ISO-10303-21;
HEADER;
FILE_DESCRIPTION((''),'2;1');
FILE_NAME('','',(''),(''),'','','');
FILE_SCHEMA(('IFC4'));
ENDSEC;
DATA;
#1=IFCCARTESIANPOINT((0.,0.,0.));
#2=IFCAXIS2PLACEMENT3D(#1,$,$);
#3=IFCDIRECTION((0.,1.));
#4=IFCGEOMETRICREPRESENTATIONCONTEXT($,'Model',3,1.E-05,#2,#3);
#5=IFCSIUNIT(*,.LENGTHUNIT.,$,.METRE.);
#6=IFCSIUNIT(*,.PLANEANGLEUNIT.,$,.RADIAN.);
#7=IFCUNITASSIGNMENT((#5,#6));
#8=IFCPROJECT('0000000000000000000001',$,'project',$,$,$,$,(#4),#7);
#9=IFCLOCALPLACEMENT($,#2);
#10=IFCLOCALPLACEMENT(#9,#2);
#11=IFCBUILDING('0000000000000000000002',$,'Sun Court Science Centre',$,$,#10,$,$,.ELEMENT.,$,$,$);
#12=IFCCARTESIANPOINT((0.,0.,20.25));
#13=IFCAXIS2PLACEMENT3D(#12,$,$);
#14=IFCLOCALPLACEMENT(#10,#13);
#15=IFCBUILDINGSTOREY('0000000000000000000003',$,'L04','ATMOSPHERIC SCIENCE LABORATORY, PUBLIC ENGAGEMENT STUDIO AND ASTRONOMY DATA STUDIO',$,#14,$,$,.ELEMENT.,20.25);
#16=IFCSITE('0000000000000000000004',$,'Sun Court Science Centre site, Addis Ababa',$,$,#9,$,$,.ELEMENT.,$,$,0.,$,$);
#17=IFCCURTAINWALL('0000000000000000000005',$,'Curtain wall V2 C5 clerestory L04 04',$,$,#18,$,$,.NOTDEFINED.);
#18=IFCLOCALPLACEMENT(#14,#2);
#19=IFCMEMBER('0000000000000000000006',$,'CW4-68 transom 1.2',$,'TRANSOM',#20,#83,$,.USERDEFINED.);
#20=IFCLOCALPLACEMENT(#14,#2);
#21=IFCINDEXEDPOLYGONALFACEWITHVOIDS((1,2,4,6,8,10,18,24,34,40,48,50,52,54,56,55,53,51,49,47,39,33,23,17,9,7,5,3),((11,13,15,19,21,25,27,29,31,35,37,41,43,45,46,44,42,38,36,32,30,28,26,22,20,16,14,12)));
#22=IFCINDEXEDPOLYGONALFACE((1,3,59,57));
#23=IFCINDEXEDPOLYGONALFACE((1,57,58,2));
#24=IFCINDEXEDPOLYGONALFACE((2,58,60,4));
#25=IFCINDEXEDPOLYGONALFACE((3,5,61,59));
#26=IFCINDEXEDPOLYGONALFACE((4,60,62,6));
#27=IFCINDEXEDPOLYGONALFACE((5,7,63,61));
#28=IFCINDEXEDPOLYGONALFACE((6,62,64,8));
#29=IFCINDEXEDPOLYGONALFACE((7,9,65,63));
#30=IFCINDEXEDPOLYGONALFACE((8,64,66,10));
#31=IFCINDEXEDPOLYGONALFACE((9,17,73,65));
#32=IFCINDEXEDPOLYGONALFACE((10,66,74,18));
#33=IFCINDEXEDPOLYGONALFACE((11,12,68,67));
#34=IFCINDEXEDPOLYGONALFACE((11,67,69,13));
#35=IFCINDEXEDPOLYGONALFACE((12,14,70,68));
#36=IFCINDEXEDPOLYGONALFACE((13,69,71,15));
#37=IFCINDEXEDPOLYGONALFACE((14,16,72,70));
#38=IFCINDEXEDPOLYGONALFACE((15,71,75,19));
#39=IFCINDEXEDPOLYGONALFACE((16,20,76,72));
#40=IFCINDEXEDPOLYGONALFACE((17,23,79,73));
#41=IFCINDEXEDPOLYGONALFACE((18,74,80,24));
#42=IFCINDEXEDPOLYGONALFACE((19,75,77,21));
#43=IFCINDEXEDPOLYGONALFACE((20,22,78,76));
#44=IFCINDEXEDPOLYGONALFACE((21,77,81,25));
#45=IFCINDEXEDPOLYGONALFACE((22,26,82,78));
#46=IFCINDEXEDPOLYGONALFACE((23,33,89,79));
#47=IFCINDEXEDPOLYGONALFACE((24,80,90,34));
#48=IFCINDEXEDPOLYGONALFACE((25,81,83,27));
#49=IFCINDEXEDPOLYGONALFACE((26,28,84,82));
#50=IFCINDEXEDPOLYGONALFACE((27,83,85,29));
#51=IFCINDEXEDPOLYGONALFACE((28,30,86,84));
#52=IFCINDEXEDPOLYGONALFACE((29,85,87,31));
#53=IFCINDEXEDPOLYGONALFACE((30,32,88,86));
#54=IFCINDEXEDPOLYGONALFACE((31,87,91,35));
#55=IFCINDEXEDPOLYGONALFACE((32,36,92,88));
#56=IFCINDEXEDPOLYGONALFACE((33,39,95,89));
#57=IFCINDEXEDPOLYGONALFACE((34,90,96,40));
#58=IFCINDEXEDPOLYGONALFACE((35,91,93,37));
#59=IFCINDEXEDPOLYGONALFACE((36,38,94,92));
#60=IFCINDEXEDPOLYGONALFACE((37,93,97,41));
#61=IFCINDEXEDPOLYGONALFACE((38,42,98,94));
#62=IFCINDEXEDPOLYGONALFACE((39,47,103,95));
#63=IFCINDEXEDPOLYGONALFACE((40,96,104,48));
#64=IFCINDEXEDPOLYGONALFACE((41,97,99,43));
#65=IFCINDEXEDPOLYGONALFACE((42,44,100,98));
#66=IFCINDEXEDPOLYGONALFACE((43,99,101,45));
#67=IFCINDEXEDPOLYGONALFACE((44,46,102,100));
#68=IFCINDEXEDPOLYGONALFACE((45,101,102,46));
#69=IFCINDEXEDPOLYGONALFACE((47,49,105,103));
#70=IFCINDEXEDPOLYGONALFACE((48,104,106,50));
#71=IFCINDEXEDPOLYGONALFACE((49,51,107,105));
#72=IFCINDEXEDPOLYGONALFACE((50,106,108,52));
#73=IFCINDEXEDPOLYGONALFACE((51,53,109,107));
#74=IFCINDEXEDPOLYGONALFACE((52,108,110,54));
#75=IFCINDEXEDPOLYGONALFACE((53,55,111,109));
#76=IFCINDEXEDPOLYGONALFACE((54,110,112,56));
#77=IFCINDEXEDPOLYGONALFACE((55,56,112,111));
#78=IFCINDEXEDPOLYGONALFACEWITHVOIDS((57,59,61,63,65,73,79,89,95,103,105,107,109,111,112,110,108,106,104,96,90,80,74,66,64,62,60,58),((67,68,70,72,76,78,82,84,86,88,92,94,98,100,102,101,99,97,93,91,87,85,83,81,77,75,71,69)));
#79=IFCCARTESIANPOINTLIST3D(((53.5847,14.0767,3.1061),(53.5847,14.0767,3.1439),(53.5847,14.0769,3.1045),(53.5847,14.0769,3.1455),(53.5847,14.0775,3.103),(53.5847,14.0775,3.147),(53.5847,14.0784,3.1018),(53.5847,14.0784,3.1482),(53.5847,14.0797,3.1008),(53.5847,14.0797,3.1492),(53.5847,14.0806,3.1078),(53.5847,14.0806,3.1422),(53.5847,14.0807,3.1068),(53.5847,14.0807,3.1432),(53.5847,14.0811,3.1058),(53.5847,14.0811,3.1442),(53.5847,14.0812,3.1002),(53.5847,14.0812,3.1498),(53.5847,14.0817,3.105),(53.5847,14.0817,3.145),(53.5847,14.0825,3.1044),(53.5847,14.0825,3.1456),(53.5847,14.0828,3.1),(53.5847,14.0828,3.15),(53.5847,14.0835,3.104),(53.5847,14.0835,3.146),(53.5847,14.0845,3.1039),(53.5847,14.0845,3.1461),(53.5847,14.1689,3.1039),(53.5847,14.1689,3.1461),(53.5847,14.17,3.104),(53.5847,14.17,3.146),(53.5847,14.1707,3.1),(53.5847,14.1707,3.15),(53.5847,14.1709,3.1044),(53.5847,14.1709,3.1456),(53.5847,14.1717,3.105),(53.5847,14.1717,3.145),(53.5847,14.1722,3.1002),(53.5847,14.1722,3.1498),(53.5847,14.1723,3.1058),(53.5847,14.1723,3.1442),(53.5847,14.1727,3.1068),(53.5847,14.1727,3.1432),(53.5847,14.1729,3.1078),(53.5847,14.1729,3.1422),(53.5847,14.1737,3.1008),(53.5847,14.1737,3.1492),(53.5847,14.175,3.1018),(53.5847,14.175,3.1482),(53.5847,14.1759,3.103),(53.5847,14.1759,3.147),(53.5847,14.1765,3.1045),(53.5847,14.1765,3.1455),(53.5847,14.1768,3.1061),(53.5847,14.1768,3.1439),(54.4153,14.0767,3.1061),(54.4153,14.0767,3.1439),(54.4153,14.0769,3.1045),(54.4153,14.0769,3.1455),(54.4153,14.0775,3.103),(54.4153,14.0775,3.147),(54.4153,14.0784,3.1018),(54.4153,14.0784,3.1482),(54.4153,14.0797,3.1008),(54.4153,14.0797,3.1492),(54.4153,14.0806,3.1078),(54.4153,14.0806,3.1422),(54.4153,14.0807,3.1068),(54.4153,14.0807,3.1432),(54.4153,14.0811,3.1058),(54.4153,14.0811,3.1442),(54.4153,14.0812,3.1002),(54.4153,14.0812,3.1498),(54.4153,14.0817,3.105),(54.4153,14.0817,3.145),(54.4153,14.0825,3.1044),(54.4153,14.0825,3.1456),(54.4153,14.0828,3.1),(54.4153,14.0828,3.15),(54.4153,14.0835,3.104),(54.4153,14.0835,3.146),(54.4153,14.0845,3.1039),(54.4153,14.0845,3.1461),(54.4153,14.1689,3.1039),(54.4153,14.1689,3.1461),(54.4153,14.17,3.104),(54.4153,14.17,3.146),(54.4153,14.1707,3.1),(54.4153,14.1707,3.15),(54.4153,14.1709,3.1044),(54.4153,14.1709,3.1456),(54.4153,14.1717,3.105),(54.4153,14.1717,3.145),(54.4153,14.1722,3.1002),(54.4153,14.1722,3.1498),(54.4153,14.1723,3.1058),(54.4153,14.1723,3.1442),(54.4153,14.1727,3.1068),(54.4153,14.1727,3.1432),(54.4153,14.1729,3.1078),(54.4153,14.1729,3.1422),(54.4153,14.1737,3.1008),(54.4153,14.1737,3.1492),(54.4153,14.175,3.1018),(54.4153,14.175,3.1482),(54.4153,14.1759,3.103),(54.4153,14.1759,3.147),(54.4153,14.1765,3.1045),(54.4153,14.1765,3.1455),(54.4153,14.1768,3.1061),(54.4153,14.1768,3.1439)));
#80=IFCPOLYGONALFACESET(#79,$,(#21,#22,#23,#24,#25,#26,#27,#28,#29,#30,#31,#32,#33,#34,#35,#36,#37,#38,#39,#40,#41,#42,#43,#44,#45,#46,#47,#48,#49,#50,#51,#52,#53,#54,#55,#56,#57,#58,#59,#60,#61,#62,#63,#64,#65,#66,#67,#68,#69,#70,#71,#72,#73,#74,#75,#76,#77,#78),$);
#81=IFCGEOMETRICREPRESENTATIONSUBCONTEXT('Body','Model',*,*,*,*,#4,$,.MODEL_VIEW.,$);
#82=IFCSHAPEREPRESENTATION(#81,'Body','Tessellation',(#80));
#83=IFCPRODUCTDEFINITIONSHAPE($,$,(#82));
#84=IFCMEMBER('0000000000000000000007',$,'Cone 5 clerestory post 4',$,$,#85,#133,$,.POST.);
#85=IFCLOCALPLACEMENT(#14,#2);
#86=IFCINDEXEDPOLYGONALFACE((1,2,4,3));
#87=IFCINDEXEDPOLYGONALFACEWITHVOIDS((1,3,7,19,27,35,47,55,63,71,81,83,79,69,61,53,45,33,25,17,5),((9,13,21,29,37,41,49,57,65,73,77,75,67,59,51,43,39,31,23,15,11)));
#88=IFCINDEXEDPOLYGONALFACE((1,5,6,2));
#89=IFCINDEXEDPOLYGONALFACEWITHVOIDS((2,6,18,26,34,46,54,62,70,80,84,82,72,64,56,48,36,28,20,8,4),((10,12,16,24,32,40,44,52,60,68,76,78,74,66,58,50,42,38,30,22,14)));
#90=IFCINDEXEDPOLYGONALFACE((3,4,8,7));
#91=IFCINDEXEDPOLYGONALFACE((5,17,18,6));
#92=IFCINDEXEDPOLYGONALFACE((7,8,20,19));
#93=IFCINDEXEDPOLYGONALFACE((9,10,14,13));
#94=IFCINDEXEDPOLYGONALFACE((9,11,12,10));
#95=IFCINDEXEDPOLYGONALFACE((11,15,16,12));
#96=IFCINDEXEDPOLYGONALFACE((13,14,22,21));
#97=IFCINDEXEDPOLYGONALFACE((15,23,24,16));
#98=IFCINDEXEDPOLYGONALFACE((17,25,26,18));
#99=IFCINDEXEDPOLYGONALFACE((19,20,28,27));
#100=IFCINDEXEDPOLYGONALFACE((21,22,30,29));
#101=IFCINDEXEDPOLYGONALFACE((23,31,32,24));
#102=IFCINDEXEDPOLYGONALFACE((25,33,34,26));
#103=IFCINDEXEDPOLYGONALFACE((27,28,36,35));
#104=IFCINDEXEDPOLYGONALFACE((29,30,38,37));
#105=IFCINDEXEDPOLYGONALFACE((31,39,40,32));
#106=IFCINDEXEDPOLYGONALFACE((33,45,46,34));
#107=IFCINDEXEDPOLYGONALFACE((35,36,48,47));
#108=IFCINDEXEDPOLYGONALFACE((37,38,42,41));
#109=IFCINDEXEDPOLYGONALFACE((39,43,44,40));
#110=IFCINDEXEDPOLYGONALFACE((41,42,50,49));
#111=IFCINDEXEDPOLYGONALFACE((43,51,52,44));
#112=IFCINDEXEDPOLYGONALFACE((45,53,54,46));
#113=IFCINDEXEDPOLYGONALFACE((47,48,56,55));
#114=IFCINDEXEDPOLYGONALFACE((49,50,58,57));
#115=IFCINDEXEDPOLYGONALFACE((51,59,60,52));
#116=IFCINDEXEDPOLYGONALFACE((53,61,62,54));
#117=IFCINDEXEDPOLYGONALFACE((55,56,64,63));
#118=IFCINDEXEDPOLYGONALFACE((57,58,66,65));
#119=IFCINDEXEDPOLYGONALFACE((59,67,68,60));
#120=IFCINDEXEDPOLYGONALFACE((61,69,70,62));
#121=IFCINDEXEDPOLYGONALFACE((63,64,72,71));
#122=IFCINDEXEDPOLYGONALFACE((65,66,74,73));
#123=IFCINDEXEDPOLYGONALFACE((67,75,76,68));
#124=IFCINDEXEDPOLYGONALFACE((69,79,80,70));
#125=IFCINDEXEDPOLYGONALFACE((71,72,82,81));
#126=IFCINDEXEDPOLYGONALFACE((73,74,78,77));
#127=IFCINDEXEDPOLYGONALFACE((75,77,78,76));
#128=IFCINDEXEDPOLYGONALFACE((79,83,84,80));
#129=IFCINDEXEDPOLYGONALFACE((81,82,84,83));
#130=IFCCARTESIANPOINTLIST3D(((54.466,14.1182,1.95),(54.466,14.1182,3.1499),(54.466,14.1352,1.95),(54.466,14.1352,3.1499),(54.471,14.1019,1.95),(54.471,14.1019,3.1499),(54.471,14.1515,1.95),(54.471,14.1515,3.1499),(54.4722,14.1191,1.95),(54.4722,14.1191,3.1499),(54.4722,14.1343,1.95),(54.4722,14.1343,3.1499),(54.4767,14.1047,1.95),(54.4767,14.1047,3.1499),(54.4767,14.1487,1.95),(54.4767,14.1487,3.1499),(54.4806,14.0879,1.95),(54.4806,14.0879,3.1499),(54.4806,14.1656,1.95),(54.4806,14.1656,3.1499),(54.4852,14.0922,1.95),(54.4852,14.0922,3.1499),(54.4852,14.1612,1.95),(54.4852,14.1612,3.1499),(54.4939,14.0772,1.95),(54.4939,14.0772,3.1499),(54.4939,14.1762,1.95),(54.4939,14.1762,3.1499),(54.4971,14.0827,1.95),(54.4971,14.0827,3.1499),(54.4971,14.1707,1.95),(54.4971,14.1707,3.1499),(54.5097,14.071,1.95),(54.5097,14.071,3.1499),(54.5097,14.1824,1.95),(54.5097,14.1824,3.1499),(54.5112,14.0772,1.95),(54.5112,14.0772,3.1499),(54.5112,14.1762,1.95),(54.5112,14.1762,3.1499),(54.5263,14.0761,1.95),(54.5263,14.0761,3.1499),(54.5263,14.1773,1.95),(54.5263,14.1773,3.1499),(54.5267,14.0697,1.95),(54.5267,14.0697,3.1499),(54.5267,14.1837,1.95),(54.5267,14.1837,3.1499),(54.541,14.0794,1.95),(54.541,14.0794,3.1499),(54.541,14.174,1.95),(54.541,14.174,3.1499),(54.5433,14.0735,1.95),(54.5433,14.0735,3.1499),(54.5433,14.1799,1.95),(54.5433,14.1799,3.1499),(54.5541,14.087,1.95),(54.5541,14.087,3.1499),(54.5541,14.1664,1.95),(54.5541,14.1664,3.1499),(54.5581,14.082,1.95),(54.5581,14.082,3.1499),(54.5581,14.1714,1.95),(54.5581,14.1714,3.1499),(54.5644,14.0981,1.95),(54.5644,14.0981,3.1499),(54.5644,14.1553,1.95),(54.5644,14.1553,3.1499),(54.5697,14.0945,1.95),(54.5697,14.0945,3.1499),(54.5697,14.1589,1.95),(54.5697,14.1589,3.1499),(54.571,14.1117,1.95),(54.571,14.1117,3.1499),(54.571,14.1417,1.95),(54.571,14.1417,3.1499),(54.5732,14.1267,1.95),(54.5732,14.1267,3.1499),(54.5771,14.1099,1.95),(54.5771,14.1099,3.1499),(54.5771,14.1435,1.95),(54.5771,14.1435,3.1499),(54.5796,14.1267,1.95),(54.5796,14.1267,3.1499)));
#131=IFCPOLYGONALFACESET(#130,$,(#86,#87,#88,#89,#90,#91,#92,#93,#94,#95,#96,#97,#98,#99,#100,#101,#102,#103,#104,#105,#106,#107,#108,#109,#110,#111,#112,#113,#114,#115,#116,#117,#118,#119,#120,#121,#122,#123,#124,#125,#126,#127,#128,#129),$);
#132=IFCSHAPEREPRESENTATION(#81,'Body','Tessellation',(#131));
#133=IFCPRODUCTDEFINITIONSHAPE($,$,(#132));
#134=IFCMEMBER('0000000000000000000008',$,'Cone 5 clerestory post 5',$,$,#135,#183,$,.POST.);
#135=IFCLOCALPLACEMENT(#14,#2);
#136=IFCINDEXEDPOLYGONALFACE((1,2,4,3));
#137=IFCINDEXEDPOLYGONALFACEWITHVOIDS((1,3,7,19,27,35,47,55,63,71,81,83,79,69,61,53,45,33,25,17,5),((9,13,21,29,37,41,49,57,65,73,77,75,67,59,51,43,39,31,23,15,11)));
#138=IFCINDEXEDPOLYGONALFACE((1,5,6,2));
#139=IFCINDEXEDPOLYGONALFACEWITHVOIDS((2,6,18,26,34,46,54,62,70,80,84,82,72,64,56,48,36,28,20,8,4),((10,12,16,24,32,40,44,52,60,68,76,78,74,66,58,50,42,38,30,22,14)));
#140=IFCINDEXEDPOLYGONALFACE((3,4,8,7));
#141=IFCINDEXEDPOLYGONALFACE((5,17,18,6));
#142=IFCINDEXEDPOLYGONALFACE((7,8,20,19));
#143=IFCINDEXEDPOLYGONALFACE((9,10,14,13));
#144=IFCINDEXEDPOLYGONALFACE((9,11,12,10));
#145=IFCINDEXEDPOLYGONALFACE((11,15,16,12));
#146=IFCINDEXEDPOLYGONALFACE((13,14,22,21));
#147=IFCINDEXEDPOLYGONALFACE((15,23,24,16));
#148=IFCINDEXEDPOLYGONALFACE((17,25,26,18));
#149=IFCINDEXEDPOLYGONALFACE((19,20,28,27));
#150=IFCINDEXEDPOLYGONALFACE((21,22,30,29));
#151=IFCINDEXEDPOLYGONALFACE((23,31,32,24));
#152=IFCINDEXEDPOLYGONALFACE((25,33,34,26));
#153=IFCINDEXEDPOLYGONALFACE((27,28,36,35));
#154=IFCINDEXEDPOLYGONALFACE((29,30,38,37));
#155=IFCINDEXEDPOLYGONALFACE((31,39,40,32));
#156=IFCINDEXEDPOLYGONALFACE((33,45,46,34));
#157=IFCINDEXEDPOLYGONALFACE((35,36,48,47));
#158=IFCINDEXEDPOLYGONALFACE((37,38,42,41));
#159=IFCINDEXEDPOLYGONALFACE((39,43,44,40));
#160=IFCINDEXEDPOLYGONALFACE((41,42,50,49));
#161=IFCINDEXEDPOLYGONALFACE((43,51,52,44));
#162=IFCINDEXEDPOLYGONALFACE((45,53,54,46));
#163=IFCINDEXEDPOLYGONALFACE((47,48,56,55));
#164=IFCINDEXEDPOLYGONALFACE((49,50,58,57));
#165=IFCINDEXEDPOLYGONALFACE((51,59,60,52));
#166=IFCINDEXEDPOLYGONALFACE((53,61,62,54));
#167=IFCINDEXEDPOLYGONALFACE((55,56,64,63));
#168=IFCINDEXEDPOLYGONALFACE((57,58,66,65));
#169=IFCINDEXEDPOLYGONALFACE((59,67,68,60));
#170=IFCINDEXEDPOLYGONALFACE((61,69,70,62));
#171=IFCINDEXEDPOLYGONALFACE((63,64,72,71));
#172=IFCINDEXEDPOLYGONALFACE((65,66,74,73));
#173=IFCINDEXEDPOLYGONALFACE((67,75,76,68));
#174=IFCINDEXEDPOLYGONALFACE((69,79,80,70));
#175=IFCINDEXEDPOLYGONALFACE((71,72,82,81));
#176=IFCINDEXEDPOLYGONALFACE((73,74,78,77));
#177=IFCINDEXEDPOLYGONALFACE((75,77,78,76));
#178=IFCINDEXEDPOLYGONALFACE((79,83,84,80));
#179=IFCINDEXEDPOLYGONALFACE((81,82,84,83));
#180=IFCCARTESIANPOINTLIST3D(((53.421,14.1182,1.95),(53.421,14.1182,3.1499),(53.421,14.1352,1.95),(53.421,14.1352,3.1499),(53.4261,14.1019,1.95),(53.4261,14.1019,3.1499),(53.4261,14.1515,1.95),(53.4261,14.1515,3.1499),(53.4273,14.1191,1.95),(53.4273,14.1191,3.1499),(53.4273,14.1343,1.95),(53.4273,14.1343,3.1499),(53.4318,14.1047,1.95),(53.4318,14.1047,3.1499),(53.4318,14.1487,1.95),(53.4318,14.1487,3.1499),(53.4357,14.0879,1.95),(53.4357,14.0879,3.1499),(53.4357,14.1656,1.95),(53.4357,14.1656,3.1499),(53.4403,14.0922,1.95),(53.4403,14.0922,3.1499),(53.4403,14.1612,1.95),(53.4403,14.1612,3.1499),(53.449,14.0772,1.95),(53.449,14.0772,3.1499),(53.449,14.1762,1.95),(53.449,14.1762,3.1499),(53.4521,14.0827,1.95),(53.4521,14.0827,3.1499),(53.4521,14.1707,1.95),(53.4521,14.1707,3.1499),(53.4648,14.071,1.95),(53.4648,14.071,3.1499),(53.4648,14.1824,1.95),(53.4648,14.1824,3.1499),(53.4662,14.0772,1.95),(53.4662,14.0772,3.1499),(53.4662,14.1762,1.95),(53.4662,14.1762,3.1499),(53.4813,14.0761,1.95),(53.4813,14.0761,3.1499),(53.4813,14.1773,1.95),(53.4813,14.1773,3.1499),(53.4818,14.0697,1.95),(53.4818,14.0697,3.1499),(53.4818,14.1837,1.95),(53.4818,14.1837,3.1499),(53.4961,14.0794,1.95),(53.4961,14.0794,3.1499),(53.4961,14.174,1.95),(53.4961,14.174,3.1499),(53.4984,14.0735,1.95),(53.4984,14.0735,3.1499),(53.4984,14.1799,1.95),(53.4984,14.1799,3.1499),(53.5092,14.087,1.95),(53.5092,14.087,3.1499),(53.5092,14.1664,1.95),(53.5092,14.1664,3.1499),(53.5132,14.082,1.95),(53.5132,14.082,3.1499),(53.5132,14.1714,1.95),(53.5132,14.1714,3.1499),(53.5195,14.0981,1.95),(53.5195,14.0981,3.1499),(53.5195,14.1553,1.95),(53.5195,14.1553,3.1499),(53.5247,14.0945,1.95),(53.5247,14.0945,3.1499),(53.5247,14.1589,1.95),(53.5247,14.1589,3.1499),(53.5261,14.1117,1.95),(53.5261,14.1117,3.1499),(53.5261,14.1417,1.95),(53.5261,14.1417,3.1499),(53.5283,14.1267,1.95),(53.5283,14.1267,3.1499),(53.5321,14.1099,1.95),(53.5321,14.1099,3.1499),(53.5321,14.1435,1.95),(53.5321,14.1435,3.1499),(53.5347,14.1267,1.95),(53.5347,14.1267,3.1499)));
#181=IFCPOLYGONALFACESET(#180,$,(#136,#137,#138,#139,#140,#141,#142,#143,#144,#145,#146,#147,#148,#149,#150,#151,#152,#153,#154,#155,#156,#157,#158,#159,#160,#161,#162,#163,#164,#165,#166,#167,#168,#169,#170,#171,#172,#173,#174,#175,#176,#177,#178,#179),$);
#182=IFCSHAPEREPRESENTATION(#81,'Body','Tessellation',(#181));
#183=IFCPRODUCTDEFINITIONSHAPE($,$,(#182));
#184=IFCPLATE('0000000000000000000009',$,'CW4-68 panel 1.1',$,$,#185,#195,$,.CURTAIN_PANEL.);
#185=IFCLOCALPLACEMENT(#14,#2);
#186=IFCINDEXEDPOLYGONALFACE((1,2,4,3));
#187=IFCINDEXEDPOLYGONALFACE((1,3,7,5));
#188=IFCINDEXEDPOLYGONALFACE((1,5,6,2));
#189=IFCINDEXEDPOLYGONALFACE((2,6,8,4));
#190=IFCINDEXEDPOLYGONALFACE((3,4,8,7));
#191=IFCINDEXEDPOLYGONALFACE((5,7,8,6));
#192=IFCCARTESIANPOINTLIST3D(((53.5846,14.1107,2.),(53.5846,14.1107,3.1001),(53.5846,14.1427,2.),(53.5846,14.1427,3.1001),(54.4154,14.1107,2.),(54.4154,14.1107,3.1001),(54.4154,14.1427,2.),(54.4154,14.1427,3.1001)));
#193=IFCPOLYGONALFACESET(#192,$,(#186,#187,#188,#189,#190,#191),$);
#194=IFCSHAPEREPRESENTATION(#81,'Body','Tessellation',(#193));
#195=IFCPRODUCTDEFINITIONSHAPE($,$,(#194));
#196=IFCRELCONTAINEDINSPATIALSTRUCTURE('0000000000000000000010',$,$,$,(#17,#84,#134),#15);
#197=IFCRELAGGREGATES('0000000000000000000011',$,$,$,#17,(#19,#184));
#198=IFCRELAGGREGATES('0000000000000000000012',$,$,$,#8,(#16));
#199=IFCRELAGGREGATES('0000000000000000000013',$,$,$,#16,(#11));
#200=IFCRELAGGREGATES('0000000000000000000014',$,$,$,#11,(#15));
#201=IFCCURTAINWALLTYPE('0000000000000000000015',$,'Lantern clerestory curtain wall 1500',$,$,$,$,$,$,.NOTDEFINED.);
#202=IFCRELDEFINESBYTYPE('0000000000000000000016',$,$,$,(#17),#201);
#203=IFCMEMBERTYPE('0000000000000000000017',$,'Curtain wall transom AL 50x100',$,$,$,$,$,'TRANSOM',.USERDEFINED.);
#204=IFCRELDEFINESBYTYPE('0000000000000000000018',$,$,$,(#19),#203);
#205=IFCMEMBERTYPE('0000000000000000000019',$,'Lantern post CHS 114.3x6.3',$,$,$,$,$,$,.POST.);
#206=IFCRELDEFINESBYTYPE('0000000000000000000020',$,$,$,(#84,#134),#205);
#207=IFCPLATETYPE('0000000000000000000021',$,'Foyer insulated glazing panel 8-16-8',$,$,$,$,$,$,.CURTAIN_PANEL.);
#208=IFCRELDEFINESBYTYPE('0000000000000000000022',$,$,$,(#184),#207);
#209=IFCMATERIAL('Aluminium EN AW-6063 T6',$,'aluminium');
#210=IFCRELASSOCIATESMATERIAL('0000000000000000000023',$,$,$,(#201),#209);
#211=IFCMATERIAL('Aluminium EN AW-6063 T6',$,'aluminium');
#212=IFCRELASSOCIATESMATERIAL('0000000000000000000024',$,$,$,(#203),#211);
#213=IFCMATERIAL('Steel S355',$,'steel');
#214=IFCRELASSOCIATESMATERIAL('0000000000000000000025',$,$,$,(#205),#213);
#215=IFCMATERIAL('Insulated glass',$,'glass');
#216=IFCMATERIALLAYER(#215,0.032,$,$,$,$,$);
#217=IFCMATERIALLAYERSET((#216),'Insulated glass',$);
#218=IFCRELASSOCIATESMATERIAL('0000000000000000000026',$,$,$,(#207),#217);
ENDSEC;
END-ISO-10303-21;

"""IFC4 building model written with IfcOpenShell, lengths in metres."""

from ifc_helpers import new_model, si_unit, direction, frame, origin, origin_2d, place, context, subcontext, project, spatial, rectangle, hollow_rectangle, hollow_circle, extrude, material, layer, layer_set, material_profile, profile_set, type_object, element, aggregate, save


model = new_model("IFC4")

# Units and contexts
model_context = context("Model", 3, precision=1e-05, world=origin(), true_north=direction((0.0, 1.0)))
body_context = subcontext(model_context, "Body", "Model", "MODEL_VIEW")
ifc_project = project(units=[si_unit("LENGTHUNIT", "METRE"), si_unit("PLANEANGLEUNIT", "RADIAN")], contexts=[model_context])

# Site, building, storey
site_placement = place(None, origin())
site = spatial("IfcSite", under=ifc_project, at=site_placement, Name="Sun Court Science Centre site, Addis Ababa", CompositionType="ELEMENT", RefElevation=0.0)
building_placement = place(site_placement, origin())
building = spatial("IfcBuilding", under=site, at=building_placement, Name="Sun Court Science Centre", CompositionType="ELEMENT")
storey_placement = place(building_placement, frame((0.0, 0.0, 20.25)))
storey = spatial("IfcBuildingStorey", under=building, at=storey_placement, Name="L04", Description="ATMOSPHERIC SCIENCE LABORATORY, PUBLIC ENGAGEMENT STUDIO AND ASTRONOMY DATA STUDIO", CompositionType="ELEMENT", Elevation=20.25)

# Shared definitions
ifc_material_1 = material(Name="Aluminium EN AW-6063 T6", Category="aluminium")
curtain_wall_type = type_object("IfcCurtainWallType", Name="Lantern clerestory curtain wall 1500", PredefinedType="NOTDEFINED", material=ifc_material_1)

# Curtain wall, member
curtain_wall_1_placement = place(storey_placement, origin())
curtain_wall_1 = element("IfcCurtainWall", 1, at=curtain_wall_1_placement, inside=storey, type_object=curtain_wall_type, Name="Curtain wall V2 C5 clerestory L04 04", PredefinedType="NOTDEFINED")
ifc_material_2 = material(Name="Aluminium EN AW-6063 T6", Category="aluminium")
ifc_material_profile_1 = material_profile(ifc_material_2, hollow_rectangle(XDim=0.05, YDim=0.1001, WallThickness=0.0039, InnerFilletRadius=0.0039, OuterFilletRadius=0.0061, at=origin_2d()), Name="AL 50x100x4")
ifc_profile_set_1 = profile_set([ifc_material_profile_1], Name="Aluminium EN AW-6063 T6")
member_type_1 = type_object("IfcMemberType", Name="Curtain wall transom AL 50x100", ElementType="TRANSOM", PredefinedType="USERDEFINED", material=ifc_profile_set_1)
member_1_placement = place(storey_placement, frame((53.5847, 14.1267, 3.125), z_axis=(1.0, 0.0, 0.0), x_axis=(0.0, 0.0, 1.0)))
member_1 = element("IfcMember", 2, at=member_1_placement, type_object=member_type_1, Name="CW4-68 transom 1.2", ObjectType="TRANSOM", PredefinedType="USERDEFINED", context=body_context, shape_type="SweptSolid", body=[
    extrude(hollow_rectangle(XDim=0.05, YDim=0.1001, WallThickness=0.0039, InnerFilletRadius=0.0039, OuterFilletRadius=0.0061, at=origin_2d()), origin(), (0.0, 0.0, 1.0), 0.8306),
])

# Members
ifc_material_3 = material(Name="Steel S355", Category="steel")
ifc_material_profile_2 = material_profile(ifc_material_3, hollow_circle(Radius=0.0571, WallThickness=0.0063, at=origin_2d()), Name="CHS 114.3x6.3")
ifc_profile_set_2 = profile_set([ifc_material_profile_2], Name="Steel S355")
member_type_2 = type_object("IfcMemberType", Name="Lantern post CHS 114.3x6.3", PredefinedType="POST", material=ifc_profile_set_2)
for number, where, z_axis, x_axis, name in (
    (3, (54.5225, 14.1267, 1.95), (0.0, 0.0, 1.0), (1.0, 0.0, 0.0), "Cone 5 clerestory post 4"),
    (4, (53.4775, 14.1267, 1.95), (0.0, 0.0, 1.0), (1.0, 0.0, 0.0), "Cone 5 clerestory post 5"),
):
    element("IfcMember", number, at=place(storey_placement, frame(where, z_axis=z_axis, x_axis=x_axis)), inside=storey, type_object=member_type_2, Name=name, PredefinedType="POST", context=body_context, shape_type="SweptSolid", body=[
        extrude(hollow_circle(Radius=0.0571, WallThickness=0.0063, at=origin_2d()), origin(), (0.0, 0.0, 1.0), 1.2),
    ])

# Plate
ifc_material_4 = material(Name="Insulated glass", Category="glass")
ifc_layer_1 = layer(ifc_material_4, 0.032)
ifc_layer_set_1 = layer_set([ifc_layer_1], Name="Insulated glass")
plate_type = type_object("IfcPlateType", Name="Foyer insulated glazing panel 8-16-8", PredefinedType="CURTAIN_PANEL", material=ifc_layer_set_1)
plate_placement = place(storey_placement, frame((54.0, 14.1267, 2.0), z_axis=(0.0, 0.0, 1.0), x_axis=(1.0, 0.0, 0.0)))
plate = element("IfcPlate", 5, at=plate_placement, type_object=plate_type, Name="CW4-68 panel 1.1", PredefinedType="CURTAIN_PANEL", context=body_context, shape_type="SweptSolid", body=[
    extrude(rectangle(XDim=0.8308, YDim=0.032, at=origin_2d()), origin(), (0.0, 0.0, 1.0), 1.1001),
])
aggregate(curtain_wall_1, [member_1, plate])

save(model, "model.ifc")
